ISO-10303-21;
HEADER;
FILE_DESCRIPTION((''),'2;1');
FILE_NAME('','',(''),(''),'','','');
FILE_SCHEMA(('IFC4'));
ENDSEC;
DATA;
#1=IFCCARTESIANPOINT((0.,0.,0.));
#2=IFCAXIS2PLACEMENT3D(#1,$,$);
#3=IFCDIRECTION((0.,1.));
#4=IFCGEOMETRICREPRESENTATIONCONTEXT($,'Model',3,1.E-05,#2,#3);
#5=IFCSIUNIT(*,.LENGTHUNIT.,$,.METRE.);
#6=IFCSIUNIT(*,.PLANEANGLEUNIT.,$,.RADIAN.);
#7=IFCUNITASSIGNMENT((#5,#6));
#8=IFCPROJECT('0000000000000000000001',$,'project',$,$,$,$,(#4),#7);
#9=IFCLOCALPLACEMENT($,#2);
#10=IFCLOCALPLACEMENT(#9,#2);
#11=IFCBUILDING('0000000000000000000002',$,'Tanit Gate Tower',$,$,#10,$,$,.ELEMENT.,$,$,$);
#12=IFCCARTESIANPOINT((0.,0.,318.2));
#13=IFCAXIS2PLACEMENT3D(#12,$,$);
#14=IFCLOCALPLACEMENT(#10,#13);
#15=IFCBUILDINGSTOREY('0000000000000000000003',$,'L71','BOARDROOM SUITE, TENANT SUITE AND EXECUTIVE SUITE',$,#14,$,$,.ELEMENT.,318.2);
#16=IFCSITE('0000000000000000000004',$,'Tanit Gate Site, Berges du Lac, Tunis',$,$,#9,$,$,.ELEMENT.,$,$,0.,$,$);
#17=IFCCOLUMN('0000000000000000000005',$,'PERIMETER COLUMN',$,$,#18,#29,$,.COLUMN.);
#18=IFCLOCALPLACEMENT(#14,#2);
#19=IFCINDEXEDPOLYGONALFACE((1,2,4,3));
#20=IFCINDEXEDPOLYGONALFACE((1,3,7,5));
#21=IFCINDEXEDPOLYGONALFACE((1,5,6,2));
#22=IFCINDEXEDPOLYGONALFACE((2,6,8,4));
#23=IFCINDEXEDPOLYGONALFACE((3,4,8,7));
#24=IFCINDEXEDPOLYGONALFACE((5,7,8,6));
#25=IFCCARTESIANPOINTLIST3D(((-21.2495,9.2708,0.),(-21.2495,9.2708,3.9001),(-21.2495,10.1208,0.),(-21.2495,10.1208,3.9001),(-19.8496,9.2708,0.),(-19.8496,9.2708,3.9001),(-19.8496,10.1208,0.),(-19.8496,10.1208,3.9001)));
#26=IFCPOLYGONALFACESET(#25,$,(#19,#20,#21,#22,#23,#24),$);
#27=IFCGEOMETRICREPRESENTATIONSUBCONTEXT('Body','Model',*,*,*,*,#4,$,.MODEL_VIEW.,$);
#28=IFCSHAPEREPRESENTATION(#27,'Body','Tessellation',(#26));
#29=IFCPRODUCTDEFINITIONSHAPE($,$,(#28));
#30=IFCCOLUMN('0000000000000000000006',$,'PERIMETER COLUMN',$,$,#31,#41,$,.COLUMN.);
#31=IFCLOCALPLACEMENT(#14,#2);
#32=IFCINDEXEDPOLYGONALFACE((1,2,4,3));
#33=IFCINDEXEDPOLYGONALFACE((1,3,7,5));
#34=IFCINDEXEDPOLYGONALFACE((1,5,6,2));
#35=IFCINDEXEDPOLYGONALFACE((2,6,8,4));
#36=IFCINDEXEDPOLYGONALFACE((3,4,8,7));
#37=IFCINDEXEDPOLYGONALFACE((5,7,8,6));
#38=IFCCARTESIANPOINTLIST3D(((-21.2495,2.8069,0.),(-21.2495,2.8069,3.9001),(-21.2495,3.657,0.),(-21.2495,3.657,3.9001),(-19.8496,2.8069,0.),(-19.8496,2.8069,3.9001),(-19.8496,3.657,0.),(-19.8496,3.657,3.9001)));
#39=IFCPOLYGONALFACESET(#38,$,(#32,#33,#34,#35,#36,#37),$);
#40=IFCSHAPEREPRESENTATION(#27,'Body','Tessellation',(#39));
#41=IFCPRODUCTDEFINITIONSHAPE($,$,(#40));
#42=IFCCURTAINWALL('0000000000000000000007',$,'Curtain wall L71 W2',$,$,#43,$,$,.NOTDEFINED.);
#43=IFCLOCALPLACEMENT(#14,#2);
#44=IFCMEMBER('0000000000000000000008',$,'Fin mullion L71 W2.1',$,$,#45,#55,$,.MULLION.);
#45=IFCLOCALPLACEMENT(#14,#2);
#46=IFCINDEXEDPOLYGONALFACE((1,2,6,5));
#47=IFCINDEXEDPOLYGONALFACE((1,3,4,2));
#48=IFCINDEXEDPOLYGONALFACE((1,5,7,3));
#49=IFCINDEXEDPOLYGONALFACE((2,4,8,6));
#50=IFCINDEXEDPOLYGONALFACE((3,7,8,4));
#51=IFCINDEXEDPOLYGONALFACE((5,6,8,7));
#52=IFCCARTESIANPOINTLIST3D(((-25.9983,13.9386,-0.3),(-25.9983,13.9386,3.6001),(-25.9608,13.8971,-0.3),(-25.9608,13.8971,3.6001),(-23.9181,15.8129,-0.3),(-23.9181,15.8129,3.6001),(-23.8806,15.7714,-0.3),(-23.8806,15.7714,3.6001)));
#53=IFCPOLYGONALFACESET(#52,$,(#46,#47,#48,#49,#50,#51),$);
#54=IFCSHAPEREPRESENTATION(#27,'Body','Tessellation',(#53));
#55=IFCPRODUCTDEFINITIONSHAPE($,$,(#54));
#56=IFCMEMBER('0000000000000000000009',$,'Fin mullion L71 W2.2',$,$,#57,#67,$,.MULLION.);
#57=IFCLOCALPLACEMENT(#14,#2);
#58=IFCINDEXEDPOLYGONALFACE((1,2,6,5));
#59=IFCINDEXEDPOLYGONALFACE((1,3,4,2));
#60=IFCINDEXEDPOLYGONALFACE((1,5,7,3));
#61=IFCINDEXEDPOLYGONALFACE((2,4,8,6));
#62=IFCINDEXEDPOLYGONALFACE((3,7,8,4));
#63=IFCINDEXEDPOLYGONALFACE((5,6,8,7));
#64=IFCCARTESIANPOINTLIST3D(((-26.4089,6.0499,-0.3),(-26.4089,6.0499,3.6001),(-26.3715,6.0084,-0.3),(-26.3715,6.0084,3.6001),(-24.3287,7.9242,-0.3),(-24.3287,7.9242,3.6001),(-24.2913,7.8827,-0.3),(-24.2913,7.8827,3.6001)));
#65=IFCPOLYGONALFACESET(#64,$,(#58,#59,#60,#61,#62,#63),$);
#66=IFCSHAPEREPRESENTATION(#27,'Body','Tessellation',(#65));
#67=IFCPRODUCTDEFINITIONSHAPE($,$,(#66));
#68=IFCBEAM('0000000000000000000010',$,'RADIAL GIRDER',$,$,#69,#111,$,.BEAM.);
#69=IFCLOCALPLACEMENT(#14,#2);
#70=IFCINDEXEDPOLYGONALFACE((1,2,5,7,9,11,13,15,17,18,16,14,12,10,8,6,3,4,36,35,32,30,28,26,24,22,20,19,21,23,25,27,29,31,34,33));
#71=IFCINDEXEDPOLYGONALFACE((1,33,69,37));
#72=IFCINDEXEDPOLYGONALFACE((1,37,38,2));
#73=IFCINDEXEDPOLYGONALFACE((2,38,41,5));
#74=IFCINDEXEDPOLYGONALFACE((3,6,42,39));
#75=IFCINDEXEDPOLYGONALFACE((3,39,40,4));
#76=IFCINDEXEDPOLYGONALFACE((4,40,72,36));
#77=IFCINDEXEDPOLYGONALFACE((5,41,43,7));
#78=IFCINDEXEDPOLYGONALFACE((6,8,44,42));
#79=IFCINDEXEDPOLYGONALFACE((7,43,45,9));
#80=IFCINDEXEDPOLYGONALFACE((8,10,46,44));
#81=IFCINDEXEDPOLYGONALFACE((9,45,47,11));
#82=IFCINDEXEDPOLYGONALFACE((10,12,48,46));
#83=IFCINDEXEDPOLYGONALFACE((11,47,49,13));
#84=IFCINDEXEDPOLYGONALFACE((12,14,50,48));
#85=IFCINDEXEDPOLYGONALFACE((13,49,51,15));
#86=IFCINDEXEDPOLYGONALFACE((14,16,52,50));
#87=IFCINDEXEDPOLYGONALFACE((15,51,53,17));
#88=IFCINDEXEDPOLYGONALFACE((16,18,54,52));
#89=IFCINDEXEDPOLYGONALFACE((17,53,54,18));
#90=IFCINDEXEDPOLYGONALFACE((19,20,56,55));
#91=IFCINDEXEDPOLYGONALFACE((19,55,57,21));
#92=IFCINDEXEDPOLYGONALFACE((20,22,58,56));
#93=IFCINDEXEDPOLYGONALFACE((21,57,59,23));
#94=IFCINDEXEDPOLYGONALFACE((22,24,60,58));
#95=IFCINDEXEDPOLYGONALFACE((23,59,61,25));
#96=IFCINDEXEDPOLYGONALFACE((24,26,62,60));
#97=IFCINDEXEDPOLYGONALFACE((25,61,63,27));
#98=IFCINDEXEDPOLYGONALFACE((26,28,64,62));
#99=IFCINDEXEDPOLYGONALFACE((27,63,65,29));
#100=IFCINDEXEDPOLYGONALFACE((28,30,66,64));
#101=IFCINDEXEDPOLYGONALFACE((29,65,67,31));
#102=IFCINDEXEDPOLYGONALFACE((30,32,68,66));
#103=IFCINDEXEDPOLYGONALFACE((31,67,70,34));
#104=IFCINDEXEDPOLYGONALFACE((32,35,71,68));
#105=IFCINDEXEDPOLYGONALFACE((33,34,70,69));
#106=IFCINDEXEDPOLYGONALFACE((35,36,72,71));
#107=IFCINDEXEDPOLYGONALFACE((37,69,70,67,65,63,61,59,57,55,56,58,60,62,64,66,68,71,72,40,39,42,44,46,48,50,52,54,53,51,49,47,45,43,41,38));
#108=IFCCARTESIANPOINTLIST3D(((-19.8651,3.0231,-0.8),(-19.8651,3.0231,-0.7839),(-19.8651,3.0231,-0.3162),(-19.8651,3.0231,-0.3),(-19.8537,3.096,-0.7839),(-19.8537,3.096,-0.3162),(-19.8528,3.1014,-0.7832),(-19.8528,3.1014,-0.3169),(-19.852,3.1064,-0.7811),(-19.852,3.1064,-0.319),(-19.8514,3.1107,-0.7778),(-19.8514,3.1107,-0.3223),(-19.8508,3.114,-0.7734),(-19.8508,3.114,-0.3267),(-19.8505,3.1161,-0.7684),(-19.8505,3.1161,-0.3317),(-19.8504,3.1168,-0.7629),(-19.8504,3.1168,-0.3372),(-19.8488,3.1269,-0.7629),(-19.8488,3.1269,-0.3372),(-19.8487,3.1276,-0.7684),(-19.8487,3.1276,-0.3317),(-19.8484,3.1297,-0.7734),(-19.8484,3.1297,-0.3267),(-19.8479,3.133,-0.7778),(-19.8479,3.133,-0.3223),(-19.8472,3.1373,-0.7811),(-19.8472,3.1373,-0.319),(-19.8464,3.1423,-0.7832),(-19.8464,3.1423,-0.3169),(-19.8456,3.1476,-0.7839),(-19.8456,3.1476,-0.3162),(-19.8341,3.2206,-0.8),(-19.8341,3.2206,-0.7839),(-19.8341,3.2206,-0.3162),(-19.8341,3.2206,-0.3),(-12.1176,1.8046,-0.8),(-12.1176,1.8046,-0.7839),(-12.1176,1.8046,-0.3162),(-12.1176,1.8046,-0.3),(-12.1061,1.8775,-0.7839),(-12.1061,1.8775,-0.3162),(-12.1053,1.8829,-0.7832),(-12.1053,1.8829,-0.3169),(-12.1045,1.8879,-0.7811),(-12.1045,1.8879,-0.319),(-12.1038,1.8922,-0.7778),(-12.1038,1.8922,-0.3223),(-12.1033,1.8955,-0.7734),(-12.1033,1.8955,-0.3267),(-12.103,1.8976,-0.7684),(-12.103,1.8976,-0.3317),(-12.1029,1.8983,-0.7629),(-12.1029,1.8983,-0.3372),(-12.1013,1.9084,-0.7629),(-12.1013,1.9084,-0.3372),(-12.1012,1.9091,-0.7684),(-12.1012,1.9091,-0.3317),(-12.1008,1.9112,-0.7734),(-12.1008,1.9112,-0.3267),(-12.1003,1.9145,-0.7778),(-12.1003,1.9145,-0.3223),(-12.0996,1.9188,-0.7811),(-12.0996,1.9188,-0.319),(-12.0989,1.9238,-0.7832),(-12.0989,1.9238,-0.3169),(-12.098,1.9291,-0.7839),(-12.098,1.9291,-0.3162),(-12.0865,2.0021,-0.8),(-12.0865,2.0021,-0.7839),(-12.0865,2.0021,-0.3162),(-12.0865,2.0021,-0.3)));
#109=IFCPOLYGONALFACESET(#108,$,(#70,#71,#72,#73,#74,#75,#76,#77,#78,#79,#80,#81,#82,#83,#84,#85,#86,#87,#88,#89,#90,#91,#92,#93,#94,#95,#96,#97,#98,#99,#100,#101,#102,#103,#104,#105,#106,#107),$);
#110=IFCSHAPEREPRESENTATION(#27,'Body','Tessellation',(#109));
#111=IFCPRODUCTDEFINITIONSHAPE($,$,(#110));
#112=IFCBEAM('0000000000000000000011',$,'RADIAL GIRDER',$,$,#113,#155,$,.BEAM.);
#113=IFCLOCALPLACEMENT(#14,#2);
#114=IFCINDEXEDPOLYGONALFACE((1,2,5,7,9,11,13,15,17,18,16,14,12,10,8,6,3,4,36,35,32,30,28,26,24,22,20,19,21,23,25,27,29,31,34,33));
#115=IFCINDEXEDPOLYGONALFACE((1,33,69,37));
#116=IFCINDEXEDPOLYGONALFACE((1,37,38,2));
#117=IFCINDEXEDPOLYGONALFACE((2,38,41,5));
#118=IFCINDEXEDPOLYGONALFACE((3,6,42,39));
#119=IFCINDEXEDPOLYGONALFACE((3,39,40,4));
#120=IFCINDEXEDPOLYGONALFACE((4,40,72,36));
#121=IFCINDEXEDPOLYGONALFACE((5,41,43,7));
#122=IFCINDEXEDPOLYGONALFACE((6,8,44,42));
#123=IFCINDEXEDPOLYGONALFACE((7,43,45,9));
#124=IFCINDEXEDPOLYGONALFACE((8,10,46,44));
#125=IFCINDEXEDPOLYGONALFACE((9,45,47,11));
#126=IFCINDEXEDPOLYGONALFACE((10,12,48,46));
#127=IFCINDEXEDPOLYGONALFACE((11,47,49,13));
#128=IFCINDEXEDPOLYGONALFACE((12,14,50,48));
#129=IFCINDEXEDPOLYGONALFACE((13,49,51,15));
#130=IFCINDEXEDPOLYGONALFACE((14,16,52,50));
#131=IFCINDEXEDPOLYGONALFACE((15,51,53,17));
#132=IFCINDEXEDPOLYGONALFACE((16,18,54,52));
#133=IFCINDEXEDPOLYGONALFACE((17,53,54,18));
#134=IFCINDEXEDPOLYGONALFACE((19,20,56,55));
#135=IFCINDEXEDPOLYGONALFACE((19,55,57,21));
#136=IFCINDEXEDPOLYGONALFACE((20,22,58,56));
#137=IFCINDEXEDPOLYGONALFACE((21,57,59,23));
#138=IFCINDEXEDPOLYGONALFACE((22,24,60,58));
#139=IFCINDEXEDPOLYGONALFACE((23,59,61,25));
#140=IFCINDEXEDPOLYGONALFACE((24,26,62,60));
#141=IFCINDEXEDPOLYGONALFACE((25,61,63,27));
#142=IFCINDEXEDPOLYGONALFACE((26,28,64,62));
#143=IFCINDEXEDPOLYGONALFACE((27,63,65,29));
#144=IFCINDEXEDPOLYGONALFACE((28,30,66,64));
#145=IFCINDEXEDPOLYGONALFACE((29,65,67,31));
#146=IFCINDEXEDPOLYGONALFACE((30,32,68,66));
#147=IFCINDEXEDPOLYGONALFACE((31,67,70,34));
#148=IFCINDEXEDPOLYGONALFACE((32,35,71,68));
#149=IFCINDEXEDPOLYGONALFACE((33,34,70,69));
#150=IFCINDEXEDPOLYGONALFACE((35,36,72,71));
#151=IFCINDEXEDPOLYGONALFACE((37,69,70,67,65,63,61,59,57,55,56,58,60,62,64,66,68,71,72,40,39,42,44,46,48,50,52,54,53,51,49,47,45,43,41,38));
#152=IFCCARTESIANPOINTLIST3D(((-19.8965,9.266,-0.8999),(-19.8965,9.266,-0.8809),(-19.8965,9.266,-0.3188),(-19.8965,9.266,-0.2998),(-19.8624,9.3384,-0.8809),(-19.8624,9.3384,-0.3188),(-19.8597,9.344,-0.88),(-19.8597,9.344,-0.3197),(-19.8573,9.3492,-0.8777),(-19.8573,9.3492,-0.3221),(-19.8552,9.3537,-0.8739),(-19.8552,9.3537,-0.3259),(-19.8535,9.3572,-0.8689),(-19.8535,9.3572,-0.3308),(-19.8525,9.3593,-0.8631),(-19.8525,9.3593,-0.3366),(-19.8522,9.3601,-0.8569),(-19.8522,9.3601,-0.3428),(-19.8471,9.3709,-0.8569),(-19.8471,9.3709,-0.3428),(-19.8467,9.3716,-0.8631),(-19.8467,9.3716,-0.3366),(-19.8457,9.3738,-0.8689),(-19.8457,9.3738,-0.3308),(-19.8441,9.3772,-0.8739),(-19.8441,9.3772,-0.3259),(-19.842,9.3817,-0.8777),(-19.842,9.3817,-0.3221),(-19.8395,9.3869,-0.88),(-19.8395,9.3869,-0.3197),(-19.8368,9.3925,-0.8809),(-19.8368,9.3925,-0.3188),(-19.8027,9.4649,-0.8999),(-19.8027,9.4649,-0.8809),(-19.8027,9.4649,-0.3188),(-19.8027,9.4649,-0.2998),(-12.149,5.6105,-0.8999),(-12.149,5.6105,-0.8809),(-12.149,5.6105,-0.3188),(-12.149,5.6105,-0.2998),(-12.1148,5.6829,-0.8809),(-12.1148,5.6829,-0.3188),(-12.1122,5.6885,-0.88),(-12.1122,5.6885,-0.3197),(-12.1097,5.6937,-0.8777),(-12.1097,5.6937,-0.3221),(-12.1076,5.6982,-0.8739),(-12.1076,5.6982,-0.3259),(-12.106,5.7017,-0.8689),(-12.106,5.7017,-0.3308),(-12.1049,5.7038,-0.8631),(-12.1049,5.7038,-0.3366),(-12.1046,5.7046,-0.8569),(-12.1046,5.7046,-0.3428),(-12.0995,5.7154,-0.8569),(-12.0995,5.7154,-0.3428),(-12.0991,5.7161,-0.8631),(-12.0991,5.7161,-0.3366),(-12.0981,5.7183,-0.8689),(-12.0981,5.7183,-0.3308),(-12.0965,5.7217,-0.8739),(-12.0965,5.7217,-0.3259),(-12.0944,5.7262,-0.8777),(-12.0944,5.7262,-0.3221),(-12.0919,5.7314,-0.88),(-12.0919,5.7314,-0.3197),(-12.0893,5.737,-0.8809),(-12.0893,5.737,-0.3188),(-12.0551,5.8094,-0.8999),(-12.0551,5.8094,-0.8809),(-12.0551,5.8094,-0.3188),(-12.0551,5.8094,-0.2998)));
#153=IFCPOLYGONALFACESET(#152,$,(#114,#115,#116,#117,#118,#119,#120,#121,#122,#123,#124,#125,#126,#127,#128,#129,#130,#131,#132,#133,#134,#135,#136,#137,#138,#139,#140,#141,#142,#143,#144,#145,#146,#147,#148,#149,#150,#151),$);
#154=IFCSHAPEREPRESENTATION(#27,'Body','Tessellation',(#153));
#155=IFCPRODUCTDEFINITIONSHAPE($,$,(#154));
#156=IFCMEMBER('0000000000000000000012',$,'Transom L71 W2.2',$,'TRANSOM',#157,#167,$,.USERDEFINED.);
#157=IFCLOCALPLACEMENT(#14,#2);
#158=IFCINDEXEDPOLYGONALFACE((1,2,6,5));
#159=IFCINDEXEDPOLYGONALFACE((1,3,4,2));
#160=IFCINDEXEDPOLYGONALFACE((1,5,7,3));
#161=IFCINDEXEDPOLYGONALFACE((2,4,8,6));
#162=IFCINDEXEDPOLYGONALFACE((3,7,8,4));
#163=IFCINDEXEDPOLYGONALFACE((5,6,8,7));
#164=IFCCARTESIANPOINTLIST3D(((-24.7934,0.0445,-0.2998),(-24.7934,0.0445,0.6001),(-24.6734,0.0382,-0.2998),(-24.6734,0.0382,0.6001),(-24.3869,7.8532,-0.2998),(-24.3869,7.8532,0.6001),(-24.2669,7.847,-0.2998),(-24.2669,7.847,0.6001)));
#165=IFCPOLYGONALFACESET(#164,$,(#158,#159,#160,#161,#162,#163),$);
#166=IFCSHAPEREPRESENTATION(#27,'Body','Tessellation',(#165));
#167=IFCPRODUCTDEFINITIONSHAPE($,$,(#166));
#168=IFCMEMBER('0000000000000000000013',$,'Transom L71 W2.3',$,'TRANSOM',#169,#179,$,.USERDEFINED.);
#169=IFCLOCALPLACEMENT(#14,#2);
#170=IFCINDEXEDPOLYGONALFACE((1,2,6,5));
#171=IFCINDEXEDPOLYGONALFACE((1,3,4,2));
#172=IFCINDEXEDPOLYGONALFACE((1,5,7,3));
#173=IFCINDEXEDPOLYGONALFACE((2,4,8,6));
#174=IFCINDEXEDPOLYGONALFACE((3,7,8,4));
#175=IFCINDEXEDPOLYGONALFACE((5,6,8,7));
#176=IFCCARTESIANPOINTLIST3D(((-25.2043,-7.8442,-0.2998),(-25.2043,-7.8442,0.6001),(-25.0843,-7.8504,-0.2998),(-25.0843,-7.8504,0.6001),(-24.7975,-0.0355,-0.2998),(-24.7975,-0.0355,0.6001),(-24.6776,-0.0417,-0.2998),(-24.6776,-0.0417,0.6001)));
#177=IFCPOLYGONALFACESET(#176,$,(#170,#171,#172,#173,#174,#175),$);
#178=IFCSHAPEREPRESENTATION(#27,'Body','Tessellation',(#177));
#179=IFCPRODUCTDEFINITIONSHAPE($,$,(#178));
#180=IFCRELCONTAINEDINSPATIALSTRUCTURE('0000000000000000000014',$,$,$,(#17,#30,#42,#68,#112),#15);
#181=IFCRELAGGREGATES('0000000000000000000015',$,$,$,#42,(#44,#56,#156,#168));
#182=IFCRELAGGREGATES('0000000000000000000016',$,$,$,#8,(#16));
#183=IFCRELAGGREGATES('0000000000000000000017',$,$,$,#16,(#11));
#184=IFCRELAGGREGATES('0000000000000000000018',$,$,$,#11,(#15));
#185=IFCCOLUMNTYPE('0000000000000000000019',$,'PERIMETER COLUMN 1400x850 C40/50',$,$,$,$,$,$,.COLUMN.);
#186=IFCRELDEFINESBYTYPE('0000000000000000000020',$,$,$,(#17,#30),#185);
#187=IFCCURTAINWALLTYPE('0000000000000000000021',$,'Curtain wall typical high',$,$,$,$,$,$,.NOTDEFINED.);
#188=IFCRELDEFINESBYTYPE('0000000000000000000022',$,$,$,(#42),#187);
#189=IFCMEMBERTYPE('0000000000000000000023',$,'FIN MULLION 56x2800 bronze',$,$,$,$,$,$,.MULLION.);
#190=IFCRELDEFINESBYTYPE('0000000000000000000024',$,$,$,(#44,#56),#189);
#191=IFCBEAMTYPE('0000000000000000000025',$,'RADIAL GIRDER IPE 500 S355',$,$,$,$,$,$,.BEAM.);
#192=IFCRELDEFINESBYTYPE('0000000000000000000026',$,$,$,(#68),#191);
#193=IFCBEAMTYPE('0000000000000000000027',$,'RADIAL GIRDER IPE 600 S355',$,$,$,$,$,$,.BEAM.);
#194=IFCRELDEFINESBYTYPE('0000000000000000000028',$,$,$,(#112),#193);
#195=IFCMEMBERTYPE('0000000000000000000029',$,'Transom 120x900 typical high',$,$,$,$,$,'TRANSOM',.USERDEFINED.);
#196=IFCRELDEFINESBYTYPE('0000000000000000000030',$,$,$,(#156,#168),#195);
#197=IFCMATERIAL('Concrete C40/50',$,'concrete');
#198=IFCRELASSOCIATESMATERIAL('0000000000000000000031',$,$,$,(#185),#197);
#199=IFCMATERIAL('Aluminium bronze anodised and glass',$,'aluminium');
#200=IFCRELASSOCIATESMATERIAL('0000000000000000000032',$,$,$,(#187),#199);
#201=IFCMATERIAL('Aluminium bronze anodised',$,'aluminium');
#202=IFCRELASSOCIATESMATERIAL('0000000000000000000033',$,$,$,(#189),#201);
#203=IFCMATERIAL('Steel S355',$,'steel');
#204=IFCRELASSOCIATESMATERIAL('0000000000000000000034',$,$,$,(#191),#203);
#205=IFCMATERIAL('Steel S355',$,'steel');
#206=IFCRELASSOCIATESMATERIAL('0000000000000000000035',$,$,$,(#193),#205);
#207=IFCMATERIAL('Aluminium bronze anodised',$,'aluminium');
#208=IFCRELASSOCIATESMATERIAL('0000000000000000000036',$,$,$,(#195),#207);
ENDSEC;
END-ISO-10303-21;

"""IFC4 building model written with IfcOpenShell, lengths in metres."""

from ifc_helpers import new_model, si_unit, direction, frame, origin, origin_2d, place, context, subcontext, project, spatial, rectangle, i_section, extrude, material, material_profile, profile_set, type_object, element, aggregate, save


model = new_model("IFC4")

# Units and contexts
model_context = context("Model", 3, precision=1e-05, world=origin(), true_north=direction((0.0, 1.0)))
body_context = subcontext(model_context, "Body", "Model", "MODEL_VIEW")
ifc_project = project(units=[si_unit("LENGTHUNIT", "METRE"), si_unit("PLANEANGLEUNIT", "RADIAN")], contexts=[model_context])

# Site, building, storey
site_placement = place(None, origin())
site = spatial("IfcSite", under=ifc_project, at=site_placement, Name="Tanit Gate Site, Berges du Lac, Tunis", CompositionType="ELEMENT", RefElevation=0.0)
building_placement = place(site_placement, origin())
building = spatial("IfcBuilding", under=site, at=building_placement, Name="Tanit Gate Tower", CompositionType="ELEMENT")
storey_placement = place(building_placement, frame((0.0, 0.0, 318.2)))
storey = spatial("IfcBuildingStorey", under=building, at=storey_placement, Name="L71", Description="BOARDROOM SUITE, TENANT SUITE AND EXECUTIVE SUITE", CompositionType="ELEMENT", Elevation=318.2)

# Columns
ifc_material_1 = material(Name="Concrete C40/50", Category="concrete")
ifc_material_profile_1 = material_profile(ifc_material_1, rectangle(XDim=1.3999, YDim=0.8501, at=origin_2d()), Name="RC 1400x850")
ifc_profile_set_1 = profile_set([ifc_material_profile_1], Name="Concrete C40/50")
column_type = type_object("IfcColumnType", Name="PERIMETER COLUMN 1400x850 C40/50", PredefinedType="COLUMN", material=ifc_profile_set_1)
for number, where, z_axis, x_axis, name in (
    (1, (-20.5496, 9.6958, 0.0), (0.0, 0.0, 1.0), (-1.0, 0.0, 0.0), "PERIMETER COLUMN"),
    (2, (-20.5496, 3.2319, 0.0), (0.0, 0.0, 1.0), (-1.0, 0.0, 0.0), "PERIMETER COLUMN"),
):
    element("IfcColumn", number, at=place(storey_placement, frame(where, z_axis=z_axis, x_axis=x_axis)), inside=storey, type_object=column_type, Name=name, PredefinedType="COLUMN", context=body_context, shape_type="SweptSolid", body=[
        extrude(rectangle(XDim=1.3999, YDim=0.8501, at=origin_2d()), origin(), (0.0, 0.0, 1.0), 3.9001),
    ])

# Curtain wall, members
ifc_material_2 = material(Name="Aluminium bronze anodised and glass", Category="aluminium")
curtain_wall_type = type_object("IfcCurtainWallType", Name="Curtain wall typical high", PredefinedType="NOTDEFINED", material=ifc_material_2)
curtain_wall_placement = place(storey_placement, origin())
curtain_wall = element("IfcCurtainWall", 3, at=curtain_wall_placement, inside=storey, type_object=curtain_wall_type, Name="Curtain wall L71 W2", PredefinedType="NOTDEFINED")
ifc_material_3 = material(Name="Aluminium bronze anodised", Category="aluminium")
ifc_material_profile_2 = material_profile(ifc_material_3, rectangle(XDim=2.8, YDim=0.0559, at=origin_2d()), Name="56x2800 bronze fin mullion")
ifc_profile_set_2 = profile_set([ifc_material_profile_2], Name="Aluminium bronze anodised")
member_type_1 = type_object("IfcMemberType", Name="FIN MULLION 56x2800 bronze", PredefinedType="MULLION", material=ifc_profile_set_2)
member_1_placement = place(storey_placement, frame((-24.9395, 14.855, -0.3), z_axis=(0.0, 0.0, 1.0), x_axis=(0.742922, 0.669378, 0.0)))
member_1 = element("IfcMember", 4, at=member_1_placement, type_object=member_type_1, Name="Fin mullion L71 W2.1", PredefinedType="MULLION", context=body_context, shape_type="SweptSolid", body=[
    extrude(rectangle(XDim=2.8, YDim=0.0559, at=origin_2d()), origin(), (0.0, 0.0, 1.0), 3.9001),
])
member_2_placement = place(storey_placement, frame((-25.3501, 6.9663, -0.3), z_axis=(0.0, 0.0, 1.0), x_axis=(0.742922, 0.669378, 0.0)))
member_2 = element("IfcMember", 5, at=member_2_placement, type_object=member_type_1, Name="Fin mullion L71 W2.2", PredefinedType="MULLION", context=body_context, shape_type="SweptSolid", body=[
    extrude(rectangle(XDim=2.8, YDim=0.0559, at=origin_2d()), origin(), (0.0, 0.0, 1.0), 3.9001),
])

# Beams
ifc_material_4 = material(Name="Steel S355", Category="steel")
ifc_material_profile_3 = material_profile(ifc_material_4, i_section(OverallWidth=0.2, OverallDepth=0.5, WebThickness=0.0103, FlangeThickness=0.0161, FilletRadius=0.021, at=origin_2d()), Name="IPE 500")
ifc_profile_set_3 = profile_set([ifc_material_profile_3], Name="Steel S355")
beam_type_1 = type_object("IfcBeamType", Name="RADIAL GIRDER IPE 500 S355", PredefinedType="BEAM", material=ifc_profile_set_3)
beam_1_placement = place(storey_placement, frame((-19.8496, 3.1218, -0.55), z_axis=(0.987857, -0.155366, 0.0), x_axis=(0.155366, 0.987857, 0.0)))
element("IfcBeam", 6, at=beam_1_placement, inside=storey, type_object=beam_type_1, Name="RADIAL GIRDER", PredefinedType="BEAM", context=body_context, shape_type="SweptSolid", body=[
    extrude(i_section(OverallWidth=0.2, OverallDepth=0.5, WebThickness=0.0103, FlangeThickness=0.0161, FilletRadius=0.021, at=origin_2d()), origin(), (0.0, 0.0, 1.0), 7.8428),
])
ifc_material_5 = material(Name="Steel S355", Category="steel")
ifc_material_profile_4 = material_profile(ifc_material_5, i_section(OverallWidth=0.22, OverallDepth=0.6001, WebThickness=0.012, FlangeThickness=0.019, FilletRadius=0.0239, at=origin_2d()), Name="IPE 600")
ifc_profile_set_4 = profile_set([ifc_material_profile_4], Name="Steel S355")
beam_type_2 = type_object("IfcBeamType", Name="RADIAL GIRDER IPE 600 S355", PredefinedType="BEAM", material=ifc_profile_set_4)
beam_2_placement = place(storey_placement, frame((-19.8496, 9.3655, -0.5999), z_axis=(0.904386, -0.426715, 0.0), x_axis=(0.426715, 0.904386, 0.0)))
element("IfcBeam", 7, at=beam_2_placement, inside=storey, type_object=beam_type_2, Name="RADIAL GIRDER", PredefinedType="BEAM", context=body_context, shape_type="SweptSolid", body=[
    extrude(i_section(OverallWidth=0.22, OverallDepth=0.6001, WebThickness=0.012, FlangeThickness=0.019, FilletRadius=0.0239, at=origin_2d()), origin(), (0.0, 0.0, 1.0), 8.5667),
])

# Members
ifc_material_6 = material(Name="Aluminium bronze anodised", Category="aluminium")
ifc_material_profile_5 = material_profile(ifc_material_6, rectangle(XDim=0.1201, YDim=0.8999, at=origin_2d()), Name="120x900 bronze transom")
ifc_profile_set_5 = profile_set([ifc_material_profile_5], Name="Aluminium bronze anodised")
member_type_2 = type_object("IfcMemberType", Name="Transom 120x900 typical high", ElementType="TRANSOM", PredefinedType="USERDEFINED", material=ifc_profile_set_5)
member_3_placement = place(storey_placement, frame((-24.3269, 7.8501, 0.1501), z_axis=(-0.051985, -0.998648, 0.0), x_axis=(0.998648, -0.051985, 0.0)))
member_3 = element("IfcMember", 8, at=member_3_placement, type_object=member_type_2, Name="Transom L71 W2.2", ObjectType="TRANSOM", PredefinedType="USERDEFINED", context=body_context, shape_type="SweptSolid", body=[
    extrude(rectangle(XDim=0.1201, YDim=0.8999, at=origin_2d()), origin(), (0.0, 0.0, 1.0), 7.8193),
])
member_4_placement = place(storey_placement, frame((-24.7375, -0.0386, 0.1501), z_axis=(-0.052016, -0.998646, 0.0), x_axis=(0.998646, -0.052016, 0.0)))
member_4 = element("IfcMember", 9, at=member_4_placement, type_object=member_type_2, Name="Transom L71 W2.3", ObjectType="TRANSOM", PredefinedType="USERDEFINED", context=body_context, shape_type="SweptSolid", body=[
    extrude(rectangle(XDim=0.1201, YDim=0.8999, at=origin_2d()), origin(), (0.0, 0.0, 1.0), 7.8193),
])

aggregate(curtain_wall, [member_1, member_2, member_3, member_4])

save(model, "model.ifc")
